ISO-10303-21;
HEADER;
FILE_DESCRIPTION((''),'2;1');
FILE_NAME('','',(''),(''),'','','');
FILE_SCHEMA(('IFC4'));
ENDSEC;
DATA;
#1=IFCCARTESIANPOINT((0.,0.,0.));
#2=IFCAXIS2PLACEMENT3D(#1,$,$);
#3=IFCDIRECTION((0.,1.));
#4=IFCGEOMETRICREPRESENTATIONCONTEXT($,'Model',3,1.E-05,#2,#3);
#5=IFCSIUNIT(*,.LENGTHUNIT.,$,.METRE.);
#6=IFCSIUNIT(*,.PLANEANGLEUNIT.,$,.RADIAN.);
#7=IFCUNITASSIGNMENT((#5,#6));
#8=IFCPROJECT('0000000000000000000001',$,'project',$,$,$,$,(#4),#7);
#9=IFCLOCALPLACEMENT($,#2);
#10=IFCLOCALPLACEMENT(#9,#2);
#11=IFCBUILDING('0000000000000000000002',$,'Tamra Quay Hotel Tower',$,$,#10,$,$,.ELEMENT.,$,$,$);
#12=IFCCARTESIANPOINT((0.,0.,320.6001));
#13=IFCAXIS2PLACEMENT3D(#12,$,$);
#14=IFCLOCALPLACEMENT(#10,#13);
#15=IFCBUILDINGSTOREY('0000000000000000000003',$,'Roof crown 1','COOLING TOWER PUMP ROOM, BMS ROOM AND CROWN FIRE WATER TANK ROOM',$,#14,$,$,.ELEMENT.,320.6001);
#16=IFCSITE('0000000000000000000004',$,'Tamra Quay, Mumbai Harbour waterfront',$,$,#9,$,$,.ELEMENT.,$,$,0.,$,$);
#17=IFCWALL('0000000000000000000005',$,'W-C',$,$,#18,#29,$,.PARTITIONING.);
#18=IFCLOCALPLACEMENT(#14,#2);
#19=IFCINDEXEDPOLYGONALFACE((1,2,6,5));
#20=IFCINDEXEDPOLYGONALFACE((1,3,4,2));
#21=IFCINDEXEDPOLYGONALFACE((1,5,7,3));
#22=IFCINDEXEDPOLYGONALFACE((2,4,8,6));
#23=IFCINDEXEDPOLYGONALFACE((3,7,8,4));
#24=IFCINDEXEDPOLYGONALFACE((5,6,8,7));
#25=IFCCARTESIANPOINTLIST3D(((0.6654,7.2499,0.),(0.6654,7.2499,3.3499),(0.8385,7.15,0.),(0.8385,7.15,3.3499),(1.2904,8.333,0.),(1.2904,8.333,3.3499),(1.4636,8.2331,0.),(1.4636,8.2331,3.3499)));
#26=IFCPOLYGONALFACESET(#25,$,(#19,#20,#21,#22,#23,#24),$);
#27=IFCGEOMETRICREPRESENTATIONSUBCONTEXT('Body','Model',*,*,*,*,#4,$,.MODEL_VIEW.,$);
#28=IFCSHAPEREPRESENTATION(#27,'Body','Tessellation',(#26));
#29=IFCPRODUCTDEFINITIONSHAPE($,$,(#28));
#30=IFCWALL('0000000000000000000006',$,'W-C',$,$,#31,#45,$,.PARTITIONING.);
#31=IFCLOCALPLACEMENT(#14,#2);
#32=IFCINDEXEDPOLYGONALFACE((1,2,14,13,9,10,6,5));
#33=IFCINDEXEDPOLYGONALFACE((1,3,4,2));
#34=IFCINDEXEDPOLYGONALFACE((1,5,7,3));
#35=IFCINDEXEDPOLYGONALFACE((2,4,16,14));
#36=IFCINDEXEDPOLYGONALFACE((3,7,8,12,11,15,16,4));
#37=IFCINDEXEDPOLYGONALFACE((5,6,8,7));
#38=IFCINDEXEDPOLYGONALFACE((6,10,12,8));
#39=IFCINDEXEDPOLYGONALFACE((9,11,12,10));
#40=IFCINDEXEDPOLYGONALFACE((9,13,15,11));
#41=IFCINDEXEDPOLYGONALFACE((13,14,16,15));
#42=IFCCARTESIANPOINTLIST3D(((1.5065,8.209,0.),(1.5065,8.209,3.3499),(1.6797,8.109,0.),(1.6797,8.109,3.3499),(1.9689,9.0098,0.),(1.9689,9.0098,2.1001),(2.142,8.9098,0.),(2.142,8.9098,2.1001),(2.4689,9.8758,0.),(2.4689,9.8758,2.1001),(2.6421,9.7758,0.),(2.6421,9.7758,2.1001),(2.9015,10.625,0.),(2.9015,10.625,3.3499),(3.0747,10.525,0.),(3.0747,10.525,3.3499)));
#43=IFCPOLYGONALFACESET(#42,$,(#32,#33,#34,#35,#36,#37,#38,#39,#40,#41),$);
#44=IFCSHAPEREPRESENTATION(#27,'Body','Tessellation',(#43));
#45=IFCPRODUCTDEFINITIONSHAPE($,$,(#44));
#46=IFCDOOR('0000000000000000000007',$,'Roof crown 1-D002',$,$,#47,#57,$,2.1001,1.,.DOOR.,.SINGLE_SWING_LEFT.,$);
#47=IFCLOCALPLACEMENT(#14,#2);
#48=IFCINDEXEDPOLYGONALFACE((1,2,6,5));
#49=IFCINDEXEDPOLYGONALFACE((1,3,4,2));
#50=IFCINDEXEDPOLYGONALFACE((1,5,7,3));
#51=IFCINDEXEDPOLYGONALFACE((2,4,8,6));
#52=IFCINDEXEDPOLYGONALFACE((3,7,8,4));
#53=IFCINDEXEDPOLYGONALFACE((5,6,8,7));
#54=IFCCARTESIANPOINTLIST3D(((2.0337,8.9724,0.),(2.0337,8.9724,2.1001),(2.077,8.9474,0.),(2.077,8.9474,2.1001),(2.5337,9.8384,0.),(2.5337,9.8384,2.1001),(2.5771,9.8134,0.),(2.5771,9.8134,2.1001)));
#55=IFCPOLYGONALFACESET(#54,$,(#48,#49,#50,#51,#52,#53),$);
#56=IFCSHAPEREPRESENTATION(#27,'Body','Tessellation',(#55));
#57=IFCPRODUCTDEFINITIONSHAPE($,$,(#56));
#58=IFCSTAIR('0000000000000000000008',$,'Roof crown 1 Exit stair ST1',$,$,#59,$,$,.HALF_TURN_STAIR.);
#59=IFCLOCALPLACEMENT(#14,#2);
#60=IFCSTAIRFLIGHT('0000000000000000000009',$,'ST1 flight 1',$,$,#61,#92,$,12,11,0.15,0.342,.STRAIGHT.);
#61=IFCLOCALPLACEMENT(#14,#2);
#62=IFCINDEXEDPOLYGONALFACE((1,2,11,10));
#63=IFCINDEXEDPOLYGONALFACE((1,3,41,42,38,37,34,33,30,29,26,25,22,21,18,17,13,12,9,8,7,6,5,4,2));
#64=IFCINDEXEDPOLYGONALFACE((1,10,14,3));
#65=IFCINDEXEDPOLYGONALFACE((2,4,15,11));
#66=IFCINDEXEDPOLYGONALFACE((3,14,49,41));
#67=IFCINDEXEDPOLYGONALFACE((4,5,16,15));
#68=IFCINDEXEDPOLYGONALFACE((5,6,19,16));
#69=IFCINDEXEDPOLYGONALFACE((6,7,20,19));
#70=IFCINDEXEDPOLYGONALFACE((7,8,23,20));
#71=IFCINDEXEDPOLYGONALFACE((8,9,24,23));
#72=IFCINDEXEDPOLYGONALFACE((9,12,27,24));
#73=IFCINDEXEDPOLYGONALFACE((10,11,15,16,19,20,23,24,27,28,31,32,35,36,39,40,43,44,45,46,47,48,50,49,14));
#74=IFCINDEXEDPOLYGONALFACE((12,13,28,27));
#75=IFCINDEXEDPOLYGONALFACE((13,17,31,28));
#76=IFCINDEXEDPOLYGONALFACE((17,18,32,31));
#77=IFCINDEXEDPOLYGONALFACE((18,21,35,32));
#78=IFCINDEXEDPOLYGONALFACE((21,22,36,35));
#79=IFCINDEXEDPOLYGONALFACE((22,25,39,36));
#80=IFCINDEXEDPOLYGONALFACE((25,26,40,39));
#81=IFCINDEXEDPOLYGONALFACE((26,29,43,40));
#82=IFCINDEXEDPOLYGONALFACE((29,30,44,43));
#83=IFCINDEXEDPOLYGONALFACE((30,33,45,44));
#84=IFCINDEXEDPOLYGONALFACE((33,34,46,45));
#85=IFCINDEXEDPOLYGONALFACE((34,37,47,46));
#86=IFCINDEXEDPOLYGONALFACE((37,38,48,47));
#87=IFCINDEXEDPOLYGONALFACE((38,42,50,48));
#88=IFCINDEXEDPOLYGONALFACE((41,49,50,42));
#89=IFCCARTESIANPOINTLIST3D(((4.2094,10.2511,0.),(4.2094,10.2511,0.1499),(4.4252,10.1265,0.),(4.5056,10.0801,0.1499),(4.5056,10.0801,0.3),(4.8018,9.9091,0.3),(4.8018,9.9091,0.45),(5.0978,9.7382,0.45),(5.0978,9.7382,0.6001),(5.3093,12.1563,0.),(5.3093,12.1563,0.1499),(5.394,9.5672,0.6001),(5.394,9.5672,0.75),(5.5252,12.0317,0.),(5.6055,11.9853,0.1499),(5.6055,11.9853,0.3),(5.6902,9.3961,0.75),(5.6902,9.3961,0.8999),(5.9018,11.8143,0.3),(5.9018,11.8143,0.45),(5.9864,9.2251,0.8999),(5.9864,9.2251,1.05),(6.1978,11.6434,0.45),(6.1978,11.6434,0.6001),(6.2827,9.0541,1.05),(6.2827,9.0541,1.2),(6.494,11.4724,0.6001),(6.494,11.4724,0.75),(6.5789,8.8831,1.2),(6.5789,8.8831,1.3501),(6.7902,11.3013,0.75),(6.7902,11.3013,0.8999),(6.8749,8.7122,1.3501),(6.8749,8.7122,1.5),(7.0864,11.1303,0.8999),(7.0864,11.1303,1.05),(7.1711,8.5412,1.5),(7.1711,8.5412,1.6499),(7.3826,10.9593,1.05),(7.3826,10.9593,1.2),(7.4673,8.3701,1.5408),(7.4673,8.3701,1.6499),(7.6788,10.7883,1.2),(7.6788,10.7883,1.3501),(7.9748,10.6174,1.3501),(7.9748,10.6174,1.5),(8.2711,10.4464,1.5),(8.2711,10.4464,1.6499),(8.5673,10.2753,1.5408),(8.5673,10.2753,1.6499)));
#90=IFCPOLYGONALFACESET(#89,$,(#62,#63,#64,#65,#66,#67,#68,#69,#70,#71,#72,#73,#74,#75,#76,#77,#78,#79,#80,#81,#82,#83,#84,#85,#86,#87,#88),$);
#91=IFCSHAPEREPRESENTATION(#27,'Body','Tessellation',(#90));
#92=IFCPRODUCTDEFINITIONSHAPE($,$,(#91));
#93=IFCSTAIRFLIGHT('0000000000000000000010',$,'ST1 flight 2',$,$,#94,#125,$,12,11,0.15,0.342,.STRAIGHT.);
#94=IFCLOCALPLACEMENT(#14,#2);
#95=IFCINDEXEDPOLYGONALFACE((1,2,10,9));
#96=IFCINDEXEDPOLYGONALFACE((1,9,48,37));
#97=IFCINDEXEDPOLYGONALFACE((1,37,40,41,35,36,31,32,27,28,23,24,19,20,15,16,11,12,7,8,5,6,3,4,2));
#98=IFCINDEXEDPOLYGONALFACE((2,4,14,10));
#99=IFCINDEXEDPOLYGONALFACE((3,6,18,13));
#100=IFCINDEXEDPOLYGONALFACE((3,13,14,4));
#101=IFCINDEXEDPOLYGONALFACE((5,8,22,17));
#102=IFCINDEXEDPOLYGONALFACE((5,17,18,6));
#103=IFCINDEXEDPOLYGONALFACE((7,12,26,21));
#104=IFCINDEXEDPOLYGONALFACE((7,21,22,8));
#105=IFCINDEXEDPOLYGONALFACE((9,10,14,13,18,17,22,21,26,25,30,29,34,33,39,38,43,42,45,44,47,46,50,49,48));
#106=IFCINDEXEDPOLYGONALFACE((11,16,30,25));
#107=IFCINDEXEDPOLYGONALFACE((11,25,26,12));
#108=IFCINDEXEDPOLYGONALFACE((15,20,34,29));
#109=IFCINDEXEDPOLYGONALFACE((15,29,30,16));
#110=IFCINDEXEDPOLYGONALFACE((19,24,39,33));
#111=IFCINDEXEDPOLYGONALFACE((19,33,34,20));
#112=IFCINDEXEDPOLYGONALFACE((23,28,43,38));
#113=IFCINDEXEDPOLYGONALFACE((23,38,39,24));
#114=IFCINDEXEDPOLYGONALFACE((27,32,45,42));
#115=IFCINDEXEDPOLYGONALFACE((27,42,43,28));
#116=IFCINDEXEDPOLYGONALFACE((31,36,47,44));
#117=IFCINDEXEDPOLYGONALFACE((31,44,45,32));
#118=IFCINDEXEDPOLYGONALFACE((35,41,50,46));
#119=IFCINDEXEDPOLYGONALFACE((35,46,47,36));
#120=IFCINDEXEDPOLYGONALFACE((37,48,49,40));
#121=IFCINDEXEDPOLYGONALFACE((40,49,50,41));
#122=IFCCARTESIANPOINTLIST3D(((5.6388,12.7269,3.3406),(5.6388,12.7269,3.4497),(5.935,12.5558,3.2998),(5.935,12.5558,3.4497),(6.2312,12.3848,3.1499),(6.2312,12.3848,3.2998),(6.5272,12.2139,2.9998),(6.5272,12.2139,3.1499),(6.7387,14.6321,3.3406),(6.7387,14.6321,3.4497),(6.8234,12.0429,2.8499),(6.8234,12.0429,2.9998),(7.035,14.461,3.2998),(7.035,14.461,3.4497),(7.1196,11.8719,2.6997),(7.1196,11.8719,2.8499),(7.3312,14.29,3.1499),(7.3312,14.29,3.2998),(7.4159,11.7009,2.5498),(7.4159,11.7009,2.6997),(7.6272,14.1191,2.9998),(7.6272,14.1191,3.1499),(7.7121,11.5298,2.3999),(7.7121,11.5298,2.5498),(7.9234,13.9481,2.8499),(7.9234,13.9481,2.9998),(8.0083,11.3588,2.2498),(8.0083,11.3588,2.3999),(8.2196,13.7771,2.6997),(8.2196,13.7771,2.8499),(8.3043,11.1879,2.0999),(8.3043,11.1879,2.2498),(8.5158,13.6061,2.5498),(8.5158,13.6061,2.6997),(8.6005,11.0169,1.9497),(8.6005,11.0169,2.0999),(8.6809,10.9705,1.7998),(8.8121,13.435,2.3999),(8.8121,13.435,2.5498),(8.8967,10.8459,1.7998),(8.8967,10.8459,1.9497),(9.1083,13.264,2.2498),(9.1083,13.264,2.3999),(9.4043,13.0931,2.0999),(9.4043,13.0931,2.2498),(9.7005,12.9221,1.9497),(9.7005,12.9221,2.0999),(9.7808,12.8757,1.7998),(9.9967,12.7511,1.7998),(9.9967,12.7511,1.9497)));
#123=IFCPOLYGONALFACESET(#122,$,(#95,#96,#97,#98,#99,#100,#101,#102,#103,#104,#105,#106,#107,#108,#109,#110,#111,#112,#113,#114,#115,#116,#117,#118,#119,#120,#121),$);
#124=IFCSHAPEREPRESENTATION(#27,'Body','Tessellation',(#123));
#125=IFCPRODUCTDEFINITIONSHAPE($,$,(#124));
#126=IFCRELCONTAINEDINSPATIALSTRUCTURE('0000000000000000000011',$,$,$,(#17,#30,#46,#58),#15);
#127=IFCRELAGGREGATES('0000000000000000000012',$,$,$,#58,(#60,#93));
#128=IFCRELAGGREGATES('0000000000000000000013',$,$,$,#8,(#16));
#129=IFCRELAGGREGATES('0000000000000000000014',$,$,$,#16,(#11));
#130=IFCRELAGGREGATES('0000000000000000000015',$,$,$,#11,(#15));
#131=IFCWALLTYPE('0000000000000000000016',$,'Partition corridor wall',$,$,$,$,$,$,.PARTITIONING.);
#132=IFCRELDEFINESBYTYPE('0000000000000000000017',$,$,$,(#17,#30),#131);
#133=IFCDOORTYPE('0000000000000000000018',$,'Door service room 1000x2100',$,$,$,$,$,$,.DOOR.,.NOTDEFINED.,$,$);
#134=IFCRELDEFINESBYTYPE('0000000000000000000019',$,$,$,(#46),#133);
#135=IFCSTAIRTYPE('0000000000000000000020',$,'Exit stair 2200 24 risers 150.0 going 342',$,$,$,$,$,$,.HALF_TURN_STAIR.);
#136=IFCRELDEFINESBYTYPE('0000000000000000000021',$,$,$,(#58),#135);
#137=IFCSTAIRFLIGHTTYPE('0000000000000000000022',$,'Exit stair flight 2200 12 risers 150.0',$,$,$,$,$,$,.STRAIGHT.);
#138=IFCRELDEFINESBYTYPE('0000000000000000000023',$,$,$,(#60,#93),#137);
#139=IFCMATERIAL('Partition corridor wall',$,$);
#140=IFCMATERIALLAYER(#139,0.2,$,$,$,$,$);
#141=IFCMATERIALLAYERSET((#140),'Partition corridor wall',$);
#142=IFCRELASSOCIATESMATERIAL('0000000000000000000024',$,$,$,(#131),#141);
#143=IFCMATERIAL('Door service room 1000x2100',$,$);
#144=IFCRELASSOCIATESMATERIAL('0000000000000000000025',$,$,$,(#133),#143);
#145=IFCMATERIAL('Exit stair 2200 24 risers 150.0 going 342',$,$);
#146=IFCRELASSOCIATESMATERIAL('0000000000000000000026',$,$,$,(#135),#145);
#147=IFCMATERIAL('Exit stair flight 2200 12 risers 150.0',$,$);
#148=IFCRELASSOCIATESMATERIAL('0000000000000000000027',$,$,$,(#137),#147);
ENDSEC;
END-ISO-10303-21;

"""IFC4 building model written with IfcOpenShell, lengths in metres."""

from ifc_helpers import new_model, si_unit, direction, frame, frame_2d, origin, place, context, subcontext, project, spatial, polyline, rectangle, outline, extrude, material, layer, layer_set, type_object, element, fill, aggregate, save


model = new_model("IFC4")

# Units and contexts
model_context = context("Model", 3, precision=1e-05, world=origin(), true_north=direction((0.0, 1.0)))
body_context = subcontext(model_context, "Body", "Model", "MODEL_VIEW")
ifc_project = project(units=[si_unit("LENGTHUNIT", "METRE"), si_unit("PLANEANGLEUNIT", "RADIAN")], contexts=[model_context])

# Site, building, storey
site_placement = place(None, origin())
site = spatial("IfcSite", under=ifc_project, at=site_placement, Name="Tamra Quay, Mumbai Harbour waterfront", CompositionType="ELEMENT", RefElevation=0.0)
building_placement = place(site_placement, origin())
building = spatial("IfcBuilding", under=site, at=building_placement, Name="Tamra Quay Hotel Tower", CompositionType="ELEMENT")
storey_placement = place(building_placement, frame((0.0, 0.0, 320.6001)))
storey = spatial("IfcBuildingStorey", under=building, at=storey_placement, Name="Roof crown 1", Description="COOLING TOWER PUMP ROOM, BMS ROOM AND CROWN FIRE WATER TANK ROOM", CompositionType="ELEMENT", Elevation=320.6001)

# Wall
ifc_material_1 = material(Name="Partition corridor wall")
ifc_layer_1 = layer(ifc_material_1, 0.2)
ifc_layer_set_1 = layer_set([ifc_layer_1], Name="Partition corridor wall")
wall_type_1 = type_object("IfcWallType", Name="Partition corridor wall", PredefinedType="PARTITIONING", material=ifc_layer_set_1)
wall_1_placement = place(storey_placement, frame((0.752, 7.2, 0.0), z_axis=(0.0, 0.0, 1.0), x_axis=(0.499835, 0.866121, 0.0)))
element("IfcWall", 1, at=wall_1_placement, inside=storey, type_object=wall_type_1, Name="W-C", PredefinedType="PARTITIONING", context=body_context, shape_type="SweptSolid", body=[
    extrude(rectangle(XDim=1.2505, YDim=0.2, at=frame_2d((0.6252, 0.0))), origin(), (0.0, 0.0, 1.0), 3.3499),
])

# Wall, opening, door
wall_2_placement = place(storey_placement, frame((1.593, 8.1589, 0.0), z_axis=(0.0, 0.0, 1.0), x_axis=(0.500036, 0.866005, 0.0)))
wall_2 = element("IfcWall", 2, at=wall_2_placement, inside=storey, type_object=wall_type_1, Name="W-C", PredefinedType="PARTITIONING", context=body_context, shape_type="SweptSolid", body=[
    extrude(rectangle(XDim=2.7898, YDim=0.2, at=frame_2d((1.395, 0.0))), origin(), (0.0, 0.0, 1.0), 3.3499),
])
opening_1_placement = place(wall_2_placement, frame((0.9248, 0.0, 0.0)))
opening_1 = element("IfcOpeningElement", 3, at=opening_1_placement, cuts=wall_2, PredefinedType="OPENING", context=body_context, shape_type="SweptSolid", body=[
    extrude(rectangle(XDim=1.0, YDim=2.1001, at=frame_2d((0.5, 1.05))), frame((0.0, 0.1099, 0.0), z_axis=(0.0, -1.0, 0.0), x_axis=(1.0, 0.0, 0.0)), (0.0, 0.0, 1.0), 0.22),
])
ifc_material_2 = material(Name="Door service room 1000x2100")
door_type_1 = type_object("IfcDoorType", Name="Door service room 1000x2100", OperationType="NOTDEFINED", PredefinedType="DOOR", material=ifc_material_2)
door_1_placement = place(opening_1_placement, frame((1.0, 0.0, 0.0), z_axis=(0.0, 0.0, 1.0), x_axis=(-1.0, 0.0, 0.0)))
door_1 = element("IfcDoor", 4, at=door_1_placement, inside=storey, type_object=door_type_1, Name="Roof crown 1-D002", OperationType="SINGLE_SWING_LEFT", OverallHeight=2.1001, OverallWidth=1.0, PredefinedType="DOOR", context=body_context, shape_type="SweptSolid", body=[
    extrude(rectangle(XDim=1.0, YDim=2.1001, at=frame_2d((0.5, 1.05))), frame((0.0, 0.0249, 0.0), z_axis=(0.0, -1.0, 0.0), x_axis=(1.0, 0.0, 0.0)), (0.0, 0.0, 1.0), 0.05),
])
fill(opening_1, door_1)

# Stair, stair flights
ifc_material_3 = material(Name="Exit stair 2200 24 risers 150.0 going 342")
stair_type = type_object("IfcStairType", Name="Exit stair 2200 24 risers 150.0 going 342", PredefinedType="HALF_TURN_STAIR", material=ifc_material_3)
stair_placement = place(storey_placement, origin())
stair = element("IfcStair", 5, at=stair_placement, inside=storey, type_object=stair_type, Name="Roof crown 1 Exit stair ST1", PredefinedType="HALF_TURN_STAIR")
ifc_material_4 = material(Name="Exit stair flight 2200 12 risers 150.0")
stair_flight_type = type_object("IfcStairFlightType", Name="Exit stair flight 2200 12 risers 150.0", PredefinedType="STRAIGHT", material=ifc_material_4)
stair_flight_1_placement = place(storey_placement, frame((4.7593, 11.2036, 0.0), z_axis=(0.0, 0.0, 1.0), x_axis=(0.866025, -0.5, 0.0)))
stair_flight_1 = element("IfcStairFlight", 6, at=stair_flight_1_placement, type_object=stair_flight_type, Name="ST1 flight 1", NumberOfRisers=12, NumberOfTreads=11, PredefinedType="STRAIGHT", RiserHeight=0.15, TreadLength=0.342, context=body_context, shape_type="SweptSolid", body=[
    extrude(outline(polyline([(0.0, 0.0), (0.0, 0.1499), (0.342, 0.1499), (0.342, 0.3), (0.6841, 0.3), (0.6841, 0.45), (1.0259, 0.45), (1.0259, 0.6001), (1.3679, 0.6001), (1.3679, 0.75), (1.71, 0.75), (1.71, 0.8999), (2.052, 0.8999), (2.052, 1.05), (2.394, 1.05), (2.394, 1.2), (2.7361, 1.2), (2.7361, 1.3501), (3.0779, 1.3501), (3.0779, 1.5), (3.4199, 1.5), (3.4199, 1.6499), (3.762, 1.6499), (3.762, 1.8), (3.762, 1.5408), (0.2493, 0.0), (0.0, 0.0)])), frame((0.0, 1.1001, 0.0), z_axis=(0.0, -1.0, 0.0), x_axis=(1.0, 0.0, 0.0)), (0.0, 0.0, 1.0), 2.2),
])
stair_flight_2_placement = place(storey_placement, frame((9.4468, 11.7986, 1.7998), z_axis=(0.0, 0.0, 1.0), x_axis=(-0.866025, 0.5, 0.0)))
stair_flight_2 = element("IfcStairFlight", 7, at=stair_flight_2_placement, type_object=stair_flight_type, Name="ST1 flight 2", NumberOfRisers=12, NumberOfTreads=11, PredefinedType="STRAIGHT", RiserHeight=0.15, TreadLength=0.342, context=body_context, shape_type="SweptSolid", body=[
    extrude(outline(polyline([(0.0, 0.0), (0.0, 0.1499), (0.342, 0.1499), (0.342, 0.3), (0.6841, 0.3), (0.6841, 0.45), (1.0259, 0.45), (1.0259, 0.6001), (1.3679, 0.6001), (1.3679, 0.75), (1.71, 0.75), (1.71, 0.8999), (2.052, 0.8999), (2.052, 1.05), (2.394, 1.05), (2.394, 1.2), (2.7361, 1.2), (2.7361, 1.3501), (3.0779, 1.3501), (3.0779, 1.5), (3.4199, 1.5), (3.4199, 1.6499), (3.762, 1.6499), (3.762, 1.8), (3.762, 1.5408), (0.2493, 0.0), (0.0, 0.0)])), frame((0.0, 1.1001, 0.0), z_axis=(0.0, -1.0, 0.0), x_axis=(1.0, 0.0, 0.0)), (0.0, 0.0, 1.0), 2.2),
])
aggregate(stair, [stair_flight_1, stair_flight_2])

save(model, "model.ifc")
